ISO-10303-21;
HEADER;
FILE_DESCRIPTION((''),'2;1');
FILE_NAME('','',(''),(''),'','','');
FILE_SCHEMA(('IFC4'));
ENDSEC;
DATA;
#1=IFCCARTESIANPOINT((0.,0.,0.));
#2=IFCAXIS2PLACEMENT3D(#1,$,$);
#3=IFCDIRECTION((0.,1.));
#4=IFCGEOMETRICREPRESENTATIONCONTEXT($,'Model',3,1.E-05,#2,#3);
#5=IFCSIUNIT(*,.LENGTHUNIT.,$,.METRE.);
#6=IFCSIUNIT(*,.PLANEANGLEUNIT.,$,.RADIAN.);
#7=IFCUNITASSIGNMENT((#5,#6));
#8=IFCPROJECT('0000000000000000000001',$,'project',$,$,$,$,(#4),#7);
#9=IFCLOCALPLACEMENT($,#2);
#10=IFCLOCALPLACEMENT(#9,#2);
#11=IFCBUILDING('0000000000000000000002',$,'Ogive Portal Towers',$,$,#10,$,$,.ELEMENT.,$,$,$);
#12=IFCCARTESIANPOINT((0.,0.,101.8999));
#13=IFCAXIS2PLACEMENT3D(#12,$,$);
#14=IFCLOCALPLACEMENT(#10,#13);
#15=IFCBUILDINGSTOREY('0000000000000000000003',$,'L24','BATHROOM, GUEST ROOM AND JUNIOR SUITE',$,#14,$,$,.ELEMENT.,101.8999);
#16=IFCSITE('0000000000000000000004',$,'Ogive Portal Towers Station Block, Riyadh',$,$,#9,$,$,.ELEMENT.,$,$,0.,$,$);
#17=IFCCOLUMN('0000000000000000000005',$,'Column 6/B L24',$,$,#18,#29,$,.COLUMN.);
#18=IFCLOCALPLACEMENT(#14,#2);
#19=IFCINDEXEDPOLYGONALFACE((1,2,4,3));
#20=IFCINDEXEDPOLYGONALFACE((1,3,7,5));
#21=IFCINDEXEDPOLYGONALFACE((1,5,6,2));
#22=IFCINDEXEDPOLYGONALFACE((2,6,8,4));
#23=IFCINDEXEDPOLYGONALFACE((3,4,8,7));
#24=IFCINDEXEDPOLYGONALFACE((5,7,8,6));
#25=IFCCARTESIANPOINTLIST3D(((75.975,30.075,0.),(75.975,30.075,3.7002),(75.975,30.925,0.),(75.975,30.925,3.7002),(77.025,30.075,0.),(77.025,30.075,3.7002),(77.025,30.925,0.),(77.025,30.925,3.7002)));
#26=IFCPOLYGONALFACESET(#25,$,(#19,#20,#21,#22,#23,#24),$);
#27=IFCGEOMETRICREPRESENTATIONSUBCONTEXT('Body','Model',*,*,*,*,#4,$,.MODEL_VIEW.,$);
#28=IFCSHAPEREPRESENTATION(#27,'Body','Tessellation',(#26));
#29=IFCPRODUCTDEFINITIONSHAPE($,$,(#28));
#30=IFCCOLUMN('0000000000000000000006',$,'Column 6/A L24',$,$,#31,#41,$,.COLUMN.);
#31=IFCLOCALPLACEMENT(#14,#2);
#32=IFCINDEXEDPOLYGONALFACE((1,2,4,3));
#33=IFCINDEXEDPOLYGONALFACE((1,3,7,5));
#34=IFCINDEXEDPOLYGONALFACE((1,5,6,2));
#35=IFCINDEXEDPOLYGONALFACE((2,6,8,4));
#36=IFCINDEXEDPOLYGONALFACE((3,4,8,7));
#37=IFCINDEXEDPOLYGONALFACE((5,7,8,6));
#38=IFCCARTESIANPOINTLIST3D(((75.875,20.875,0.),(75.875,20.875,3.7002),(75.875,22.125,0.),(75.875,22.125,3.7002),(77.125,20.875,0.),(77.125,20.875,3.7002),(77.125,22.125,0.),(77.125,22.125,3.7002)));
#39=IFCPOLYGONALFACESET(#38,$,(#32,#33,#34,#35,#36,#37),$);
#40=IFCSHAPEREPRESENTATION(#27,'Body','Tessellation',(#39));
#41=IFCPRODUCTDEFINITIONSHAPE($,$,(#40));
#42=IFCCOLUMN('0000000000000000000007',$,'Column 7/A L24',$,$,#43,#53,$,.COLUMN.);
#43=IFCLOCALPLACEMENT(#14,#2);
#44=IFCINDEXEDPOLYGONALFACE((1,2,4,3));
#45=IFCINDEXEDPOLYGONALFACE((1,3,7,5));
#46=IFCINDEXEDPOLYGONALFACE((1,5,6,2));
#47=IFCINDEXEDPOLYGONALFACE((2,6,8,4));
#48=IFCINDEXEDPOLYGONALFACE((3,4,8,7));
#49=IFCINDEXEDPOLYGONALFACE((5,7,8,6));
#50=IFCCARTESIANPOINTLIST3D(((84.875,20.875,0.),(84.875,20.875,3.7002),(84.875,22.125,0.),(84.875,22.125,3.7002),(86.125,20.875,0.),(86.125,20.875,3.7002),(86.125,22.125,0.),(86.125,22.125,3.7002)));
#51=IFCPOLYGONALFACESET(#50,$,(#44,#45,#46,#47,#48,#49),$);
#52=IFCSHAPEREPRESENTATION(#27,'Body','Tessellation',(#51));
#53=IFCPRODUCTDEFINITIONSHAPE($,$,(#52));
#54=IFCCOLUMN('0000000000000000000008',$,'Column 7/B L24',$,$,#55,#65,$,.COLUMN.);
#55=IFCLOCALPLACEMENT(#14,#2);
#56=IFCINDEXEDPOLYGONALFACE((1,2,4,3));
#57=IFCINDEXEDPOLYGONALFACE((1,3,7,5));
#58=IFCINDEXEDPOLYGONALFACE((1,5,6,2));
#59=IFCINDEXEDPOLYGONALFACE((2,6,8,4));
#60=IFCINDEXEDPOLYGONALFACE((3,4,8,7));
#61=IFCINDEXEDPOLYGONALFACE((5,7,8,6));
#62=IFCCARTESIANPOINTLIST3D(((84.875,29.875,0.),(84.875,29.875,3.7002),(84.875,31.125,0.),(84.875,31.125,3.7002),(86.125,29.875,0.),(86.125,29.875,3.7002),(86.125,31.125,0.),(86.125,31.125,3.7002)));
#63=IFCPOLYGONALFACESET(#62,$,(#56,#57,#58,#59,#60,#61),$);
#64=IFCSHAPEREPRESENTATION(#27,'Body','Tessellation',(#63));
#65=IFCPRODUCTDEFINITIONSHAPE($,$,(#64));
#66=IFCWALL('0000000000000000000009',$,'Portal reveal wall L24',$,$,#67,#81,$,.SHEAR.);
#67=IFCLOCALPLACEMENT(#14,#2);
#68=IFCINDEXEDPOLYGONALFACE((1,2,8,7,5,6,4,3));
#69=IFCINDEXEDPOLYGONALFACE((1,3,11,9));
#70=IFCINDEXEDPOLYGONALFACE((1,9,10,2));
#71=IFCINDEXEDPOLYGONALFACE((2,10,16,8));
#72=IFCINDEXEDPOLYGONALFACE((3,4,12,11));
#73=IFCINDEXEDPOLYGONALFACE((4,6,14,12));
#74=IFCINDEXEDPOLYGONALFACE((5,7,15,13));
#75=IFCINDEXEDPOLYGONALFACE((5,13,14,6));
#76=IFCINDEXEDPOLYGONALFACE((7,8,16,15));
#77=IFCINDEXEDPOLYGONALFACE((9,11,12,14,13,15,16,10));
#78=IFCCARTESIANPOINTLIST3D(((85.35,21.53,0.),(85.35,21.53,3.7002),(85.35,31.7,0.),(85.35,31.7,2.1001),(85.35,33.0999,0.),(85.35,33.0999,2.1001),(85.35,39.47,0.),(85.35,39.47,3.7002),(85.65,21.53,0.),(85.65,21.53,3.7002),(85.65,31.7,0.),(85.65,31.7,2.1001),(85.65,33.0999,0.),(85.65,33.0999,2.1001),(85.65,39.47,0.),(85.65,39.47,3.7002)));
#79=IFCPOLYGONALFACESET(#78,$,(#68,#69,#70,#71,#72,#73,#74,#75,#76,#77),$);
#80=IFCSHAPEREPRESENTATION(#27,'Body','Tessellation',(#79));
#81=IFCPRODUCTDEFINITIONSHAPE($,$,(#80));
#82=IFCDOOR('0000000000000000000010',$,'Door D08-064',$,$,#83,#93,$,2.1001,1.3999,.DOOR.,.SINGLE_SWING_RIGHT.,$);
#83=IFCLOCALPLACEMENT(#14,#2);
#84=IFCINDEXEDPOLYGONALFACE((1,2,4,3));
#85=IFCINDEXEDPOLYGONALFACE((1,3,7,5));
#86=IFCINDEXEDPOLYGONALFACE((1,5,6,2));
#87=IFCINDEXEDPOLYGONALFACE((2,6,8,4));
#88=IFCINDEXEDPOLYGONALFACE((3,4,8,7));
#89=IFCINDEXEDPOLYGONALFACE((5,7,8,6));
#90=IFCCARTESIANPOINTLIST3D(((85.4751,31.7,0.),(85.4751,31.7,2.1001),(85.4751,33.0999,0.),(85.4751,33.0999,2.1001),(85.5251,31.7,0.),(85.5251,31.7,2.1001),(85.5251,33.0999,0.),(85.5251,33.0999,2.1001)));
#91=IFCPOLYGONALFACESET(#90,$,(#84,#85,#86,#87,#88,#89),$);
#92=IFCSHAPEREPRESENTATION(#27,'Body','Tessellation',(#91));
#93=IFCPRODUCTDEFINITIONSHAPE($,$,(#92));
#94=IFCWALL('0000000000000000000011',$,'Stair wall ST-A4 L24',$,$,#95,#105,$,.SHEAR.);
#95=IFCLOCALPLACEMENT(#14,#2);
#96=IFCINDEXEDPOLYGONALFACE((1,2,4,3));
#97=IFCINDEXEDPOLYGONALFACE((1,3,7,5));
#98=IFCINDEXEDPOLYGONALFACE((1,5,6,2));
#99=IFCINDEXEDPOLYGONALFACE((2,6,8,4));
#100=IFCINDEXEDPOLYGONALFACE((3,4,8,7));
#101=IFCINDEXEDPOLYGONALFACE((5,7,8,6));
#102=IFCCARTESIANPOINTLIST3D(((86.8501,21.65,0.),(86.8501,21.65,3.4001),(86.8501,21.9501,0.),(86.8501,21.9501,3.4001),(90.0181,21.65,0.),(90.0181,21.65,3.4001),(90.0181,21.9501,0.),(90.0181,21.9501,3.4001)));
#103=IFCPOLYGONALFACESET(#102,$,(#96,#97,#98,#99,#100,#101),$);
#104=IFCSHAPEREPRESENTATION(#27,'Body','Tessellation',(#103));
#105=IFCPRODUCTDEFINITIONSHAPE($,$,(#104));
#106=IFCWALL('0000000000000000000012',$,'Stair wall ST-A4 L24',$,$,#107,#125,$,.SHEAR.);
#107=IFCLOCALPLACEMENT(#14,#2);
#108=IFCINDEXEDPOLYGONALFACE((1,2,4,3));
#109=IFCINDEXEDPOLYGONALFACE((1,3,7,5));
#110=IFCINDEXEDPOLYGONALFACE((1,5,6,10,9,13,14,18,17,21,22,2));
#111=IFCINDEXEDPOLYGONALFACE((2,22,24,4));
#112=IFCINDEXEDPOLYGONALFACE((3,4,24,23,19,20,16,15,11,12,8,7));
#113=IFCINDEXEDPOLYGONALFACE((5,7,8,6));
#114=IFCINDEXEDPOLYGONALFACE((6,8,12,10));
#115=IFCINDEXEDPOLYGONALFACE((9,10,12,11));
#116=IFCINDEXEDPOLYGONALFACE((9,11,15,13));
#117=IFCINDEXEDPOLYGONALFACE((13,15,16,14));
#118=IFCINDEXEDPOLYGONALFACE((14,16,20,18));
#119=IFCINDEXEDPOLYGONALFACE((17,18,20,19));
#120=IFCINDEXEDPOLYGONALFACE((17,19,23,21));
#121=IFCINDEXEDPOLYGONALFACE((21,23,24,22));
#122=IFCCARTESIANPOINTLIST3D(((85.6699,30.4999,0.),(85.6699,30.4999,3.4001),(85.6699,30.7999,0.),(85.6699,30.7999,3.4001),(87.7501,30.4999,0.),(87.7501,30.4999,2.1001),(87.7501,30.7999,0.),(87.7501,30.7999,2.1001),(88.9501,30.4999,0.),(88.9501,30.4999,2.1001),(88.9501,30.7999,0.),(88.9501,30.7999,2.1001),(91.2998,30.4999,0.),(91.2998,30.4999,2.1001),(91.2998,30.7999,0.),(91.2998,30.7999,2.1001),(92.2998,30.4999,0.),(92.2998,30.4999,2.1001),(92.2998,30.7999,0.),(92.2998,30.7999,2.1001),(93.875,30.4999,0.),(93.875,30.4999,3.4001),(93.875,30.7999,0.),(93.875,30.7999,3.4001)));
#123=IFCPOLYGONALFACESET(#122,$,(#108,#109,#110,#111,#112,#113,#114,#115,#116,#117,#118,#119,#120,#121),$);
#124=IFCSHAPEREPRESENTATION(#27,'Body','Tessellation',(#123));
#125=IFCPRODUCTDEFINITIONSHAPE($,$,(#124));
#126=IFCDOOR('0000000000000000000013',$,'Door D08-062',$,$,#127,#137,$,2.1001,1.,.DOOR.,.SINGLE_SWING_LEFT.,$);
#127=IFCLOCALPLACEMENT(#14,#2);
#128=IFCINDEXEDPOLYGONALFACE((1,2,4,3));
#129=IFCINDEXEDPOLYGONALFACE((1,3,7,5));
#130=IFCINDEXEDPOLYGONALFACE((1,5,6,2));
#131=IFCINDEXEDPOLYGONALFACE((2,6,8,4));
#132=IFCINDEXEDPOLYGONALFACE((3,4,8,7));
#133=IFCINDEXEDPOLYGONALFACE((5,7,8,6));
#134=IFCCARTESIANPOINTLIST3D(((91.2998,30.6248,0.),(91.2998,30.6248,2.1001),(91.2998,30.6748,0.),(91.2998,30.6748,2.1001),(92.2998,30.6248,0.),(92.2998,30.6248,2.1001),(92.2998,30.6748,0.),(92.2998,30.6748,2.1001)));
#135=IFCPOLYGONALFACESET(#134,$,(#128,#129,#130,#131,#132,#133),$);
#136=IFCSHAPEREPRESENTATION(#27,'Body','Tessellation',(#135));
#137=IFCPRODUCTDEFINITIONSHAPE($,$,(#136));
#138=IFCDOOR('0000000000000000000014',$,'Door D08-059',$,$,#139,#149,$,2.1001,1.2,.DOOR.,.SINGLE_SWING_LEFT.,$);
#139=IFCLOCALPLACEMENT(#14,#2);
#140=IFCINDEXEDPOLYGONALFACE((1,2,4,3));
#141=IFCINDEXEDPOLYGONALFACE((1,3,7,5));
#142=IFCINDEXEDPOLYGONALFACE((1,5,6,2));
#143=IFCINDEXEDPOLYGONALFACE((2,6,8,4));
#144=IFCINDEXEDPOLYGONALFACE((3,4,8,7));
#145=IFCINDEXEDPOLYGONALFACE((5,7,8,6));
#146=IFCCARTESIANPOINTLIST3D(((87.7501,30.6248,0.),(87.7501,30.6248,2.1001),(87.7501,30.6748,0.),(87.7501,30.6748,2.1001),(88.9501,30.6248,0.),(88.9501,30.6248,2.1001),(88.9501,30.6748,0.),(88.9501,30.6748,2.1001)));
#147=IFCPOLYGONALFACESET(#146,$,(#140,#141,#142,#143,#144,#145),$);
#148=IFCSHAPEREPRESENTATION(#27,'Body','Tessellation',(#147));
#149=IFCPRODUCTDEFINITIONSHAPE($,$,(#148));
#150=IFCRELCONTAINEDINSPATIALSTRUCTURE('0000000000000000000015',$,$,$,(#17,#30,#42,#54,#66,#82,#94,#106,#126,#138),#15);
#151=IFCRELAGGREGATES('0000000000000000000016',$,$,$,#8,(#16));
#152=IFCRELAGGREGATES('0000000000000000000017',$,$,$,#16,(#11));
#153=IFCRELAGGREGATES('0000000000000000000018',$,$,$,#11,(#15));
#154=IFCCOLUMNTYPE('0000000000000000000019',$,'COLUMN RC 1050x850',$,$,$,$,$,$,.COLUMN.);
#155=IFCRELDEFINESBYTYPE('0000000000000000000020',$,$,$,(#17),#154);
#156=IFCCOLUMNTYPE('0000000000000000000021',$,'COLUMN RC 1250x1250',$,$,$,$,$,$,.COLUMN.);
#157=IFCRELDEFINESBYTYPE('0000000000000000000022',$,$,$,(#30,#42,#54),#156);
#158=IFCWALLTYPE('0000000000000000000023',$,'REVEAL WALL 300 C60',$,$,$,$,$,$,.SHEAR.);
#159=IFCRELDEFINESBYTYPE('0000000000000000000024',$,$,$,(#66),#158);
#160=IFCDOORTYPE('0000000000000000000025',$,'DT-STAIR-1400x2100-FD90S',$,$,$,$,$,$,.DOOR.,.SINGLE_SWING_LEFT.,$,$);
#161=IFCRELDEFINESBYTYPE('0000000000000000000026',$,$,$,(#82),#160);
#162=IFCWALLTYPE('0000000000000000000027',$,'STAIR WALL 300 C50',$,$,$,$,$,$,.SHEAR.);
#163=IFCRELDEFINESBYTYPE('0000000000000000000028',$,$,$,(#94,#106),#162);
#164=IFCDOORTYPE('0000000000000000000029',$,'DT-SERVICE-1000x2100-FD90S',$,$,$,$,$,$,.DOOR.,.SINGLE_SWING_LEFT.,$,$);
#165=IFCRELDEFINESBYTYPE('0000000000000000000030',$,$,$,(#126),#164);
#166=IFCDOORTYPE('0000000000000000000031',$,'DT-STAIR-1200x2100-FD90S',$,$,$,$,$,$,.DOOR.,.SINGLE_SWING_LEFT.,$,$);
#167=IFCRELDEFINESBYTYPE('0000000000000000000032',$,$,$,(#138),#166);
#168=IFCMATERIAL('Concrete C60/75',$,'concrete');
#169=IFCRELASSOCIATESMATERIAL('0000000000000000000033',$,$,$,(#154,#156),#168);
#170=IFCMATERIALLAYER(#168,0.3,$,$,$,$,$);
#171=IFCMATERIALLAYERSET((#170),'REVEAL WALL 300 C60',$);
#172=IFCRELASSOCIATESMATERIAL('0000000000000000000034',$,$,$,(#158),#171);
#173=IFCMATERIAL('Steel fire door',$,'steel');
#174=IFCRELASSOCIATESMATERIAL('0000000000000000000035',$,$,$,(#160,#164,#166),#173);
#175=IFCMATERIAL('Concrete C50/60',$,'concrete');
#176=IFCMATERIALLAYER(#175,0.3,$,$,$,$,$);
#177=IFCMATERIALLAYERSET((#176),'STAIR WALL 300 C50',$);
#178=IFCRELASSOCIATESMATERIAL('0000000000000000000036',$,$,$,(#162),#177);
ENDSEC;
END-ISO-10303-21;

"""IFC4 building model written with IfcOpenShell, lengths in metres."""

from ifc_helpers import new_model, si_unit, direction, frame, frame_2d, origin, origin_2d, place, context, subcontext, project, spatial, rectangle, extrude, material, layer, layer_set, material_profile, profile_set, type_object, element, fill, save


model = new_model("IFC4")

# Units and contexts
model_context = context("Model", 3, precision=1e-05, world=origin(), true_north=direction((0.0, 1.0)))
body_context = subcontext(model_context, "Body", "Model", "MODEL_VIEW")
ifc_project = project(units=[si_unit("LENGTHUNIT", "METRE"), si_unit("PLANEANGLEUNIT", "RADIAN")], contexts=[model_context])

# Site, building, storey
site_placement = place(None, origin())
site = spatial("IfcSite", under=ifc_project, at=site_placement, Name="Ogive Portal Towers Station Block, Riyadh", CompositionType="ELEMENT", RefElevation=0.0)
building_placement = place(site_placement, origin())
building = spatial("IfcBuilding", under=site, at=building_placement, Name="Ogive Portal Towers", CompositionType="ELEMENT")
storey_placement = place(building_placement, frame((0.0, 0.0, 101.8999)))
storey = spatial("IfcBuildingStorey", under=building, at=storey_placement, Name="L24", Description="BATHROOM, GUEST ROOM AND JUNIOR SUITE", CompositionType="ELEMENT", Elevation=101.8999)

# Columns
ifc_material_1 = material(Name="Concrete C60/75", Category="concrete")
ifc_material_profile_1 = material_profile(ifc_material_1, rectangle(XDim=1.05, YDim=0.8501, at=origin_2d()), Name="RC 1050x850")
ifc_profile_set_1 = profile_set([ifc_material_profile_1], Name="Concrete C60/75")
column_type_1 = type_object("IfcColumnType", Name="COLUMN RC 1050x850", PredefinedType="COLUMN", material=ifc_profile_set_1)
column_placement = place(storey_placement, frame((76.5, 30.5, 0.0), z_axis=(0.0, 0.0, 1.0), x_axis=(1.0, 0.0, 0.0)))
element("IfcColumn", 1, at=column_placement, inside=storey, type_object=column_type_1, Name="Column 6/B L24", PredefinedType="COLUMN", context=body_context, shape_type="SweptSolid", body=[
    extrude(rectangle(XDim=1.05, YDim=0.8501, at=origin_2d()), origin(), (0.0, 0.0, 1.0), 3.7002),
])
ifc_material_profile_2 = material_profile(ifc_material_1, rectangle(XDim=1.25, YDim=1.25, at=origin_2d()), Name="RC 1250x1250")
ifc_profile_set_2 = profile_set([ifc_material_profile_2], Name="Concrete C60/75")
column_type_2 = type_object("IfcColumnType", Name="COLUMN RC 1250x1250", PredefinedType="COLUMN", material=ifc_profile_set_2)
for number, where, z_axis, x_axis, name in (
    (2, (76.5, 21.5, 0.0), (0.0, 0.0, 1.0), (1.0, 0.0, 0.0), "Column 6/A L24"),
    (3, (85.5, 21.5, 0.0), (0.0, 0.0, 1.0), (1.0, 0.0, 0.0), "Column 7/A L24"),
    (4, (85.5, 30.5, 0.0), (0.0, 0.0, 1.0), (1.0, 0.0, 0.0), "Column 7/B L24"),
):
    element("IfcColumn", number, at=place(storey_placement, frame(where, z_axis=z_axis, x_axis=x_axis)), inside=storey, type_object=column_type_2, Name=name, PredefinedType="COLUMN", context=body_context, shape_type="SweptSolid", body=[
        extrude(rectangle(XDim=1.25, YDim=1.25, at=origin_2d()), origin(), (0.0, 0.0, 1.0), 3.7002),
    ])

# Wall, opening, door
ifc_layer_1 = layer(ifc_material_1, 0.3)
ifc_layer_set_1 = layer_set([ifc_layer_1], Name="REVEAL WALL 300 C60")
wall_type_1 = type_object("IfcWallType", Name="REVEAL WALL 300 C60", PredefinedType="SHEAR", material=ifc_layer_set_1)
wall_1_placement = place(storey_placement, frame((85.5, 21.53, 0.0), z_axis=(0.0, 0.0, 1.0), x_axis=(0.0, 1.0, 0.0)))
wall_1 = element("IfcWall", 5, at=wall_1_placement, inside=storey, type_object=wall_type_1, Name="Portal reveal wall L24", PredefinedType="SHEAR", context=body_context, shape_type="SweptSolid", body=[
    extrude(rectangle(XDim=17.9399, YDim=0.3, at=frame_2d((8.97, 0.0))), origin(), (0.0, 0.0, 1.0), 3.7002),
])
opening_1_placement = place(wall_1_placement, frame((10.1699, 0.0, 0.0)))
opening_1 = element("IfcOpeningElement", 6, at=opening_1_placement, cuts=wall_1, PredefinedType="OPENING", context=body_context, shape_type="SweptSolid", body=[
    extrude(rectangle(XDim=1.3999, YDim=2.1001, at=frame_2d((0.7, 1.05))), frame((0.0, 0.1602, 0.0), z_axis=(0.0, -1.0, 0.0), x_axis=(1.0, 0.0, 0.0)), (0.0, 0.0, 1.0), 0.3201),
])
ifc_material_2 = material(Name="Steel fire door", Category="steel")
door_type_1 = type_object("IfcDoorType", Name="DT-STAIR-1400x2100-FD90S", OperationType="SINGLE_SWING_LEFT", PredefinedType="DOOR", material=ifc_material_2)
door_1_placement = place(opening_1_placement, origin())
door_1 = element("IfcDoor", 7, at=door_1_placement, inside=storey, type_object=door_type_1, Name="Door D08-064", OperationType="SINGLE_SWING_RIGHT", OverallHeight=2.1001, OverallWidth=1.3999, PredefinedType="DOOR", context=body_context, shape_type="SweptSolid", body=[
    extrude(rectangle(XDim=1.3999, YDim=2.1001, at=frame_2d((0.7, 1.05))), frame((0.0, 0.0249, 0.0), z_axis=(0.0, -1.0, 0.0), x_axis=(1.0, 0.0, 0.0)), (0.0, 0.0, 1.0), 0.05),
])
fill(opening_1, door_1)

# Wall
ifc_material_3 = material(Name="Concrete C50/60", Category="concrete")
ifc_layer_2 = layer(ifc_material_3, 0.3)
ifc_layer_set_2 = layer_set([ifc_layer_2], Name="STAIR WALL 300 C50")
wall_type_2 = type_object("IfcWallType", Name="STAIR WALL 300 C50", PredefinedType="SHEAR", material=ifc_layer_set_2)
wall_2_placement = place(storey_placement, frame((86.8501, 21.8, 0.0), z_axis=(0.0, 0.0, 1.0), x_axis=(1.0, 0.0, 0.0)))
element("IfcWall", 8, at=wall_2_placement, inside=storey, type_object=wall_type_2, Name="Stair wall ST-A4 L24", PredefinedType="SHEAR", context=body_context, shape_type="SweptSolid", body=[
    extrude(rectangle(XDim=3.168, YDim=0.3, at=frame_2d((1.584, 0.0))), origin(), (0.0, 0.0, 1.0), 3.4001),
])

# Wall, openings, doors
wall_3_placement = place(storey_placement, frame((85.6699, 30.6499, 0.0), z_axis=(0.0, 0.0, 1.0), x_axis=(1.0, 0.0, 0.0)))
wall_3 = element("IfcWall", 9, at=wall_3_placement, inside=storey, type_object=wall_type_2, Name="Stair wall ST-A4 L24", PredefinedType="SHEAR", context=body_context, shape_type="SweptSolid", body=[
    extrude(rectangle(XDim=8.2051, YDim=0.3, at=frame_2d((4.1025, 0.0))), origin(), (0.0, 0.0, 1.0), 3.4001),
])
opening_2_placement = place(wall_3_placement, frame((2.0801, 0.0, 0.0)))
opening_2 = element("IfcOpeningElement", 10, at=opening_2_placement, cuts=wall_3, PredefinedType="OPENING", context=body_context, shape_type="SweptSolid", body=[
    extrude(rectangle(XDim=1.2, YDim=2.1001, at=frame_2d((0.6001, 1.05))), frame((0.0, 0.1602, 0.0), z_axis=(0.0, -1.0, 0.0), x_axis=(1.0, 0.0, 0.0)), (0.0, 0.0, 1.0), 0.3201),
])
opening_3_placement = place(wall_3_placement, frame((5.6299, 0.0, 0.0)))
opening_3 = element("IfcOpeningElement", 11, at=opening_3_placement, cuts=wall_3, PredefinedType="OPENING", context=body_context, shape_type="SweptSolid", body=[
    extrude(rectangle(XDim=1.0, YDim=2.1001, at=frame_2d((0.5, 1.05))), frame((0.0, 0.1602, 0.0), z_axis=(0.0, -1.0, 0.0), x_axis=(1.0, 0.0, 0.0)), (0.0, 0.0, 1.0), 0.3201),
])
door_type_2 = type_object("IfcDoorType", Name="DT-SERVICE-1000x2100-FD90S", OperationType="SINGLE_SWING_LEFT", PredefinedType="DOOR", material=ifc_material_2)
door_2_placement = place(opening_3_placement, origin())
door_2 = element("IfcDoor", 12, at=door_2_placement, inside=storey, type_object=door_type_2, Name="Door D08-062", OperationType="SINGLE_SWING_LEFT", OverallHeight=2.1001, OverallWidth=1.0, PredefinedType="DOOR", context=body_context, shape_type="SweptSolid", body=[
    extrude(rectangle(XDim=1.0, YDim=2.1001, at=frame_2d((0.5, 1.05))), frame((0.0, 0.0249, 0.0), z_axis=(0.0, -1.0, 0.0), x_axis=(1.0, 0.0, 0.0)), (0.0, 0.0, 1.0), 0.05),
])
fill(opening_3, door_2)
door_type_3 = type_object("IfcDoorType", Name="DT-STAIR-1200x2100-FD90S", OperationType="SINGLE_SWING_LEFT", PredefinedType="DOOR", material=ifc_material_2)
door_3_placement = place(opening_2_placement, origin())
door_3 = element("IfcDoor", 13, at=door_3_placement, inside=storey, type_object=door_type_3, Name="Door D08-059", OperationType="SINGLE_SWING_LEFT", OverallHeight=2.1001, OverallWidth=1.2, PredefinedType="DOOR", context=body_context, shape_type="SweptSolid", body=[
    extrude(rectangle(XDim=1.2, YDim=2.1001, at=frame_2d((0.6001, 1.05))), frame((0.0, 0.0249, 0.0), z_axis=(0.0, -1.0, 0.0), x_axis=(1.0, 0.0, 0.0)), (0.0, 0.0, 1.0), 0.05),
])
fill(opening_2, door_3)

save(model, "model.ifc")
